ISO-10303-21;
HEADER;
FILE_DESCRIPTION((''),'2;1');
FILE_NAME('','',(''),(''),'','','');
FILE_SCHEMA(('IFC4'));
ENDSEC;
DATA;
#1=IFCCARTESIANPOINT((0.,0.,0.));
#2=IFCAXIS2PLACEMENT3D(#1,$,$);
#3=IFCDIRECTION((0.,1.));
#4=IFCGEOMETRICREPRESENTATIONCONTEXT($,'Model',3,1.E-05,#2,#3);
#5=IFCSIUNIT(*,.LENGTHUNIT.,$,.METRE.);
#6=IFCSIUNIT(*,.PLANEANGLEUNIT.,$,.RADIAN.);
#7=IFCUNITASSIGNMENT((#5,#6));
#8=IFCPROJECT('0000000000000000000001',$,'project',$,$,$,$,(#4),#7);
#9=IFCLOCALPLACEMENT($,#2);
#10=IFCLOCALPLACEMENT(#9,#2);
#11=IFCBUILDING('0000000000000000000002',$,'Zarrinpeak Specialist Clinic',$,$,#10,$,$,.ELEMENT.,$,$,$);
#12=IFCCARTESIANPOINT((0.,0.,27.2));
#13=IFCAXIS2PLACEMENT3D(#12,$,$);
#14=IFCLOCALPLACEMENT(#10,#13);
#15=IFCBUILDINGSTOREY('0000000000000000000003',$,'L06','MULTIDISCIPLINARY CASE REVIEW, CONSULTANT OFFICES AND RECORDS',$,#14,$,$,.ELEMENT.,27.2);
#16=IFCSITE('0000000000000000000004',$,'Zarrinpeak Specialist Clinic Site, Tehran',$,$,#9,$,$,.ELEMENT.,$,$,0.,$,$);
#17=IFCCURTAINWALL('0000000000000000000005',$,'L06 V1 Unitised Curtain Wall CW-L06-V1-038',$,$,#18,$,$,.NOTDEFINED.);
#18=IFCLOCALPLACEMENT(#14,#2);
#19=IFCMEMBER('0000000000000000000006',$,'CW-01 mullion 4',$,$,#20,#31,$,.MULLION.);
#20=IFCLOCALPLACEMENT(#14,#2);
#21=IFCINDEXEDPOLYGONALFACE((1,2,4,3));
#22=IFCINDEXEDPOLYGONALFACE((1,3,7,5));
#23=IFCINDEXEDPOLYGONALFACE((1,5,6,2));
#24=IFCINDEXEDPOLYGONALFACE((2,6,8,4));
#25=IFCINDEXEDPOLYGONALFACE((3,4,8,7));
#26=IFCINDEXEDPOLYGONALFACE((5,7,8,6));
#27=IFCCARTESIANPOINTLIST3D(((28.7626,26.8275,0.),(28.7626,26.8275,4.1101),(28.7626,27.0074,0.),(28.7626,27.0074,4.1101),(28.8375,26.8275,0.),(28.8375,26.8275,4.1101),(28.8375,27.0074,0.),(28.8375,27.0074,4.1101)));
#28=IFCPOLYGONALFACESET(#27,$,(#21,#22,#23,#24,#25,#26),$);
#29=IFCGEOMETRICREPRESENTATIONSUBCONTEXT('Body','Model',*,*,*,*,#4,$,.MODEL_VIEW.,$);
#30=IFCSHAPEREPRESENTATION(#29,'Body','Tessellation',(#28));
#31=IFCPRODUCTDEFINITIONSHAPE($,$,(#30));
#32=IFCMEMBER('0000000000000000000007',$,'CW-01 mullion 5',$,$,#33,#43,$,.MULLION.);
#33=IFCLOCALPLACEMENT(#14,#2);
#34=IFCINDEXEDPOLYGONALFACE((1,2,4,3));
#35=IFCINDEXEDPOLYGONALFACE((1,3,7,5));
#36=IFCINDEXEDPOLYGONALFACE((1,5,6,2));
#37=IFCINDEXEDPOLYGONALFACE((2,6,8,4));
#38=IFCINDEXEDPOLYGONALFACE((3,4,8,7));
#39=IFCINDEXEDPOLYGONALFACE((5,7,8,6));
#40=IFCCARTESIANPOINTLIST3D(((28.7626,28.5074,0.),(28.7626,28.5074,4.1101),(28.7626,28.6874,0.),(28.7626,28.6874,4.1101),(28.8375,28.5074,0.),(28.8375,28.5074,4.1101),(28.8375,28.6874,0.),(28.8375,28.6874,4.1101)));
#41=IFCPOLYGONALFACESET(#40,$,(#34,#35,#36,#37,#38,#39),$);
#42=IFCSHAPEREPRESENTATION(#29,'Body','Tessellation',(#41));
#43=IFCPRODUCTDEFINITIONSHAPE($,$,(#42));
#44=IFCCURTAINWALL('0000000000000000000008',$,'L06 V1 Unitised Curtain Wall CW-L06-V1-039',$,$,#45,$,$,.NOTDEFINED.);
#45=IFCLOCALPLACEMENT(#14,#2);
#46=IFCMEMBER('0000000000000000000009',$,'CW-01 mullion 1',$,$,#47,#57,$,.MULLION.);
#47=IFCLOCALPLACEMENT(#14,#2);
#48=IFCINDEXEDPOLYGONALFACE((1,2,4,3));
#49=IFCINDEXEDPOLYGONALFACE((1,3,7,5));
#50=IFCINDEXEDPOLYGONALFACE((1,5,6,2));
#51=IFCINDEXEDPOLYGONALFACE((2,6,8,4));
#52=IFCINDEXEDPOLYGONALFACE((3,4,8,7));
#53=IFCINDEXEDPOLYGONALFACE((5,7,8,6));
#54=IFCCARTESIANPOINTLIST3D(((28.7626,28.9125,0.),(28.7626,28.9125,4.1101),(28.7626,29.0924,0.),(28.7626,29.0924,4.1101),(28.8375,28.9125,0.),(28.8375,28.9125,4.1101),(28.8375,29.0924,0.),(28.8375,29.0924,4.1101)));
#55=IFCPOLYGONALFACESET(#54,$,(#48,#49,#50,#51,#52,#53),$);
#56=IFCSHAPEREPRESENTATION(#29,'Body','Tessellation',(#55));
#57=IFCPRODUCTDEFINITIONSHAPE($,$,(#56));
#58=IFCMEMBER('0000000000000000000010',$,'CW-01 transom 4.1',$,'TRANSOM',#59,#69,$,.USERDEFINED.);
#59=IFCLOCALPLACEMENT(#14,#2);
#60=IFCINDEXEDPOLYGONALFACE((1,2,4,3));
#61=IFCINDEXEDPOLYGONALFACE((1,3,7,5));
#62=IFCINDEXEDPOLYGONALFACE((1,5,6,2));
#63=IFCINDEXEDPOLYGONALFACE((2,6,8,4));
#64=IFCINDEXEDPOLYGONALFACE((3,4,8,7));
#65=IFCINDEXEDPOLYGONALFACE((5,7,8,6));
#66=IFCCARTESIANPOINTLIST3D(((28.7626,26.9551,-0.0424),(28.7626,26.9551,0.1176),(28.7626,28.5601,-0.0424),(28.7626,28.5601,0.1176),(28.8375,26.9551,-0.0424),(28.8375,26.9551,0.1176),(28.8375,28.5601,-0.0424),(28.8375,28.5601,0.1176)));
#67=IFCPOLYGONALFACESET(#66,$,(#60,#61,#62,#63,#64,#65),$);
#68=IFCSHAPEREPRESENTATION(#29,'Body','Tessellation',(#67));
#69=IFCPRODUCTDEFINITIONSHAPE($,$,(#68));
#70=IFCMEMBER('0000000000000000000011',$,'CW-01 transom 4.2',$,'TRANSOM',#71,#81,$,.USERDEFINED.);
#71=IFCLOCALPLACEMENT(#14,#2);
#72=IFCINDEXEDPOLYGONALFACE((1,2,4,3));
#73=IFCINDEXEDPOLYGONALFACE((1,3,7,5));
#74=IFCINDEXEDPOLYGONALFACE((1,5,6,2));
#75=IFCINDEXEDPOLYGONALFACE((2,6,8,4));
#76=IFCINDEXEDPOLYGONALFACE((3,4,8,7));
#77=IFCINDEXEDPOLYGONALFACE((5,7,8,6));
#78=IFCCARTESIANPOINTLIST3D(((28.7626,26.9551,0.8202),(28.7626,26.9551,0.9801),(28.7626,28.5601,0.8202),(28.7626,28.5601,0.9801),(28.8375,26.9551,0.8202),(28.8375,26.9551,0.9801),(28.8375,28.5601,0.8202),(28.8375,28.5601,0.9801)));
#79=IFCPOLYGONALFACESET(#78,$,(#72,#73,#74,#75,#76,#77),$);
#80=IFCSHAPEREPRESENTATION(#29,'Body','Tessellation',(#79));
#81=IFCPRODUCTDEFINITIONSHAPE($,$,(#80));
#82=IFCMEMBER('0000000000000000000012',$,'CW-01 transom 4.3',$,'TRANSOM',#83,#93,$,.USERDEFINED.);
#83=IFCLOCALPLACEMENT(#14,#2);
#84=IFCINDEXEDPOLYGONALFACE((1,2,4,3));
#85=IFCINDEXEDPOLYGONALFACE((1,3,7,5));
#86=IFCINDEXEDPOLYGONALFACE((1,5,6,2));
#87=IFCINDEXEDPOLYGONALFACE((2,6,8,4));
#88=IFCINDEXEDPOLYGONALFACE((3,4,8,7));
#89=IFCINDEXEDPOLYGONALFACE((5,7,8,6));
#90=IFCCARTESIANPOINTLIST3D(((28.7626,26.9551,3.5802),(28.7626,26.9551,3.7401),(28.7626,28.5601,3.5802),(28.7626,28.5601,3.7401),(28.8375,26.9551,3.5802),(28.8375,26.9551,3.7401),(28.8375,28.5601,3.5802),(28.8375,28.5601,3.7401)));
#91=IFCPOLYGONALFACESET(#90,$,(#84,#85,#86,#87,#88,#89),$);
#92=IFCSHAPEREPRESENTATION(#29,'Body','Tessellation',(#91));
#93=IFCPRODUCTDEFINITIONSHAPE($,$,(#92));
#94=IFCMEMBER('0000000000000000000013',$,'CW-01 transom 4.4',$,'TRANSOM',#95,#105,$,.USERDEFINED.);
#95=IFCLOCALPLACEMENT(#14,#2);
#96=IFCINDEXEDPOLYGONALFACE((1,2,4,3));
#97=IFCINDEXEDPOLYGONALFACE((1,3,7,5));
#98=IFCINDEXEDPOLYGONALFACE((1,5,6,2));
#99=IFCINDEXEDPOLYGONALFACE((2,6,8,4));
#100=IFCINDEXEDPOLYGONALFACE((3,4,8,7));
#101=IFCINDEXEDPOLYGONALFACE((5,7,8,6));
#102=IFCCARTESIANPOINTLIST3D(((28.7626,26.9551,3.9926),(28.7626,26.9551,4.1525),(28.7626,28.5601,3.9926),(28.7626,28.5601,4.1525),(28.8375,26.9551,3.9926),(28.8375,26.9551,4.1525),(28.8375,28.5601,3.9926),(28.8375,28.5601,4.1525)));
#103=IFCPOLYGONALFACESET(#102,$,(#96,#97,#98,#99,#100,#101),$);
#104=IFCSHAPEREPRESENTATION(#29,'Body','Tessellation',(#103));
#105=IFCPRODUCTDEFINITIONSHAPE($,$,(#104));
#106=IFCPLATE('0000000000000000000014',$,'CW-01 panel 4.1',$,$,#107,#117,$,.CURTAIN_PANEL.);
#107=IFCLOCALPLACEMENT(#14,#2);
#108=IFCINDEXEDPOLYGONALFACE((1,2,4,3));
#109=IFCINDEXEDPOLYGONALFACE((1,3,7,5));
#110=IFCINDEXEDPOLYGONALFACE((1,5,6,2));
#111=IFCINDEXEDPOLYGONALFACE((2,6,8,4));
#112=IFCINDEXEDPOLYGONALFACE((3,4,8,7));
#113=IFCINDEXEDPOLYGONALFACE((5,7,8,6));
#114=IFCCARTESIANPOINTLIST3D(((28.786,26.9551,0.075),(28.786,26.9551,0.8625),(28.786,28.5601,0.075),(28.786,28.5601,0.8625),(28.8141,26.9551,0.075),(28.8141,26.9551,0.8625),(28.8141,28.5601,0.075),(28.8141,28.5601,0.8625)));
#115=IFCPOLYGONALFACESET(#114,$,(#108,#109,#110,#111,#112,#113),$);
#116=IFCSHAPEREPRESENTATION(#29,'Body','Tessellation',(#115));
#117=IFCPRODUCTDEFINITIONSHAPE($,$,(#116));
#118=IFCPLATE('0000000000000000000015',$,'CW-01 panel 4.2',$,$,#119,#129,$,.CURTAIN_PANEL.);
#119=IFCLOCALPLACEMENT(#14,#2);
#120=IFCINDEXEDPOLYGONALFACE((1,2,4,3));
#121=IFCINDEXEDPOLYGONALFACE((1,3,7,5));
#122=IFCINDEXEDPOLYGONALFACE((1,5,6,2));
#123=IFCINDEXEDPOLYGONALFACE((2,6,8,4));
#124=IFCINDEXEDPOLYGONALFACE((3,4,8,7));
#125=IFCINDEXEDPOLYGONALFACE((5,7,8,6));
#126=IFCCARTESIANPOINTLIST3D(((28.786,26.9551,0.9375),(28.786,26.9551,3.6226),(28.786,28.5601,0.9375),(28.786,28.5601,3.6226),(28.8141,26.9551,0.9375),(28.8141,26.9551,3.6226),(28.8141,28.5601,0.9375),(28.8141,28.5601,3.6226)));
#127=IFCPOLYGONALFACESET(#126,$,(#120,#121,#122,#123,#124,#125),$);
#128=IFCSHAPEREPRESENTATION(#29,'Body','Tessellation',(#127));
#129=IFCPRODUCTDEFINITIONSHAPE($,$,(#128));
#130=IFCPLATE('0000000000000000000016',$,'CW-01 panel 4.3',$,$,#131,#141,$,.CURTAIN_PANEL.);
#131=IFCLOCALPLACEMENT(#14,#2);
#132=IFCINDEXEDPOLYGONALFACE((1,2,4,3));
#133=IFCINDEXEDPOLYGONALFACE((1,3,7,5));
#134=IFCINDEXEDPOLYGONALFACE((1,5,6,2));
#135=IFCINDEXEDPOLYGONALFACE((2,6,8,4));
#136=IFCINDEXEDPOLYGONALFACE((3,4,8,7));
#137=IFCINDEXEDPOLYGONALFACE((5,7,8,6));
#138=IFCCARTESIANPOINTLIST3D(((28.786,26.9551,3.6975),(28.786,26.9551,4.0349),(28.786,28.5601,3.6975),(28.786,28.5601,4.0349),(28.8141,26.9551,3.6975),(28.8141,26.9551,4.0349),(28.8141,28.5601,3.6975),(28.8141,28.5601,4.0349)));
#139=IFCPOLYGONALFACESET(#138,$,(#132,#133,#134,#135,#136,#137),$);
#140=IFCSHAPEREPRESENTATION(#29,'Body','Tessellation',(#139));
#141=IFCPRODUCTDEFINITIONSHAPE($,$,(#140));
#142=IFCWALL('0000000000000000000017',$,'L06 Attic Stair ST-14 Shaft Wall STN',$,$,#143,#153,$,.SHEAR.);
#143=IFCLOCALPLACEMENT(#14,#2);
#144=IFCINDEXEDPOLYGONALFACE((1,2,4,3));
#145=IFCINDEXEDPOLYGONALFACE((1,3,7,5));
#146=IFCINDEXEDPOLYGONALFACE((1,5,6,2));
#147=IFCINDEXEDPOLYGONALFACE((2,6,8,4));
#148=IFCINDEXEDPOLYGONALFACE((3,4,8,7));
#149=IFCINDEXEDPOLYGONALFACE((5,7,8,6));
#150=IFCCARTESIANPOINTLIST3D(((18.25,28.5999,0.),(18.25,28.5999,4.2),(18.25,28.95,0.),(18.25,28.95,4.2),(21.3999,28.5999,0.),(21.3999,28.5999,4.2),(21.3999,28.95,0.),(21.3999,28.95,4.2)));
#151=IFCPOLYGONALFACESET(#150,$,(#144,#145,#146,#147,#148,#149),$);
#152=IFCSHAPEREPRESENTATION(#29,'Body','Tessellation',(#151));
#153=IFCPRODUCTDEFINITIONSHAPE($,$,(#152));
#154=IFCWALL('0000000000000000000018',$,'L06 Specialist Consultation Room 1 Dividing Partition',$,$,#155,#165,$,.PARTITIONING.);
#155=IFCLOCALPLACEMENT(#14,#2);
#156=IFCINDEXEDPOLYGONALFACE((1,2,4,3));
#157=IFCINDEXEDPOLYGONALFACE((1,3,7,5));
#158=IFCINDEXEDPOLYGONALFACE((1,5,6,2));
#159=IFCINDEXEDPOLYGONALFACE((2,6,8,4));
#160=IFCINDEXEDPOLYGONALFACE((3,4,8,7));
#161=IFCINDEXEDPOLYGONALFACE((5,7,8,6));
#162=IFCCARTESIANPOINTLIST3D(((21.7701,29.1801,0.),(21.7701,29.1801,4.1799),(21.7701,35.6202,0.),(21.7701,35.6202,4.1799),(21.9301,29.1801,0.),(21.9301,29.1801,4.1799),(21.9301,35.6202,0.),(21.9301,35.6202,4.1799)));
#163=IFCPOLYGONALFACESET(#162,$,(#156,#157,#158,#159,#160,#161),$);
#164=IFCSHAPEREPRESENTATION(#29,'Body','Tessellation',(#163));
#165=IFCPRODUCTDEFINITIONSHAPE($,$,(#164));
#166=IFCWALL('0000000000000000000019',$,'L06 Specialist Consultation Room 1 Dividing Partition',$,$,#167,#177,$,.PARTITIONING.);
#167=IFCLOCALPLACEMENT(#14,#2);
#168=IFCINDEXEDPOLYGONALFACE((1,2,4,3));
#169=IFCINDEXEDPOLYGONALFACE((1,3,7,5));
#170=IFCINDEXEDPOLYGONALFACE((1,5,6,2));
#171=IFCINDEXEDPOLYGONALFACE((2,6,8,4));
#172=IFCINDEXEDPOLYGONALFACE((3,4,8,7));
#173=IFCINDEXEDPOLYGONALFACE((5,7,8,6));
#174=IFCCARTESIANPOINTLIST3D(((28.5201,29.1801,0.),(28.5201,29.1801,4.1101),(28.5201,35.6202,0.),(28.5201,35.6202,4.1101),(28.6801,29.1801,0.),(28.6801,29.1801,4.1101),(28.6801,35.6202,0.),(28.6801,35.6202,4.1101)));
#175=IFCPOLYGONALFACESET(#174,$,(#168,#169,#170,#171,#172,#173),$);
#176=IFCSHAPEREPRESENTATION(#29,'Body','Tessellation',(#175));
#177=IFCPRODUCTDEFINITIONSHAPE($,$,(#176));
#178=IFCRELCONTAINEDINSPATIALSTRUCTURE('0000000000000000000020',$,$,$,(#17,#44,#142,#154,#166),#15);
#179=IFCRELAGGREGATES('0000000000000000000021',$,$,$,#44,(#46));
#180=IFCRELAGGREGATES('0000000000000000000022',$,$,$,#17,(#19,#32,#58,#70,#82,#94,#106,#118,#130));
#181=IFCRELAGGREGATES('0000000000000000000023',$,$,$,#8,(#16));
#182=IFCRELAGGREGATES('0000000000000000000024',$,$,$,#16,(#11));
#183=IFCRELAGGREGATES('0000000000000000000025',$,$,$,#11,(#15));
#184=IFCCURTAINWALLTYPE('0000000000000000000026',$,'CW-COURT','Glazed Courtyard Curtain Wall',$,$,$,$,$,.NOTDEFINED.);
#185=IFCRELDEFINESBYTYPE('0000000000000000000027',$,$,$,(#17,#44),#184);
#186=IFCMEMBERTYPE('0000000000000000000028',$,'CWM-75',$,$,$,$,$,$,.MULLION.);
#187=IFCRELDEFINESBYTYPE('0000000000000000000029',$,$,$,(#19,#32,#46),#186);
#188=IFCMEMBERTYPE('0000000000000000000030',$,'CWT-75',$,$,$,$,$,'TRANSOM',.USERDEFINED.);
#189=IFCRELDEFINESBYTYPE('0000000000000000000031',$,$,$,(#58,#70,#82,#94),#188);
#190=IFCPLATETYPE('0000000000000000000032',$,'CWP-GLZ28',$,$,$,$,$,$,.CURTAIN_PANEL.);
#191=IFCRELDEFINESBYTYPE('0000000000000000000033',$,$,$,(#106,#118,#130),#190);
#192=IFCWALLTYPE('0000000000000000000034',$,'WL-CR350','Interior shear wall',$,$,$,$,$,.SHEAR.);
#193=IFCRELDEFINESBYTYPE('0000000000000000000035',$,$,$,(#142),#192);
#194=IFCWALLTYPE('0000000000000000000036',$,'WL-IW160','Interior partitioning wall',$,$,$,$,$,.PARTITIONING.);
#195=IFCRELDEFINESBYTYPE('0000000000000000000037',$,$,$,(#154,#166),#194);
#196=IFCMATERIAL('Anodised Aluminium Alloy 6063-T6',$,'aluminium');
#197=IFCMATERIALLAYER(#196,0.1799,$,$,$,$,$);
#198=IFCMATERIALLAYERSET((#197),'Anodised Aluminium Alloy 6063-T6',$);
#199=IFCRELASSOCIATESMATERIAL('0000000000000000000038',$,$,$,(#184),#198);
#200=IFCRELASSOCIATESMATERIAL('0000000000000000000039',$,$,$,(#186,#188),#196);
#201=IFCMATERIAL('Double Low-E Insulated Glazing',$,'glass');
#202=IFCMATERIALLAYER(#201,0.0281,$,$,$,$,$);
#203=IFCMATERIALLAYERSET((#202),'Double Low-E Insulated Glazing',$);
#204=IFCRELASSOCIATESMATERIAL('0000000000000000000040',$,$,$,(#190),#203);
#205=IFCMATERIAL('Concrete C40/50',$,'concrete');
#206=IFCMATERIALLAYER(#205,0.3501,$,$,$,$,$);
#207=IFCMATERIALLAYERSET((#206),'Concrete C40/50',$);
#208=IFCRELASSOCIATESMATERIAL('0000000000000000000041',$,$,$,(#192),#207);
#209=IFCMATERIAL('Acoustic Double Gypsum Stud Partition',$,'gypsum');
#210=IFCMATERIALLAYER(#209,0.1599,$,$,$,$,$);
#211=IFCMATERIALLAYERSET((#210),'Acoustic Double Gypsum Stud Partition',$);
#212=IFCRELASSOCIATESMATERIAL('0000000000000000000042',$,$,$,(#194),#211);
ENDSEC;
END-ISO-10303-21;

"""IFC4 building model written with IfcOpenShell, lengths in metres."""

from ifc_helpers import new_model, si_unit, direction, frame, frame_2d, origin, origin_2d, place, context, subcontext, project, spatial, rectangle, extrude, material, layer, layer_set, material_profile, profile_set, type_object, element, aggregate, save


model = new_model("IFC4")

# Units and contexts
model_context = context("Model", 3, precision=1e-05, world=origin(), true_north=direction((0.0, 1.0)))
body_context = subcontext(model_context, "Body", "Model", "MODEL_VIEW")
ifc_project = project(units=[si_unit("LENGTHUNIT", "METRE"), si_unit("PLANEANGLEUNIT", "RADIAN")], contexts=[model_context])

# Site, building, storey
site_placement = place(None, origin())
site = spatial("IfcSite", under=ifc_project, at=site_placement, Name="Zarrinpeak Specialist Clinic Site, Tehran", CompositionType="ELEMENT", RefElevation=0.0)
building_placement = place(site_placement, origin())
building = spatial("IfcBuilding", under=site, at=building_placement, Name="Zarrinpeak Specialist Clinic", CompositionType="ELEMENT")
storey_placement = place(building_placement, frame((0.0, 0.0, 27.2)))
storey = spatial("IfcBuildingStorey", under=building, at=storey_placement, Name="L06", Description="MULTIDISCIPLINARY CASE REVIEW, CONSULTANT OFFICES AND RECORDS", CompositionType="ELEMENT", Elevation=27.2)

# Curtain wall, members
ifc_material_1 = material(Name="Anodised Aluminium Alloy 6063-T6", Category="aluminium")
ifc_layer_1 = layer(ifc_material_1, 0.1799)
ifc_layer_set_1 = layer_set([ifc_layer_1], Name="Anodised Aluminium Alloy 6063-T6")
curtain_wall_type = type_object("IfcCurtainWallType", Name="CW-COURT", Description="Glazed Courtyard Curtain Wall", PredefinedType="NOTDEFINED", material=ifc_layer_set_1)
curtain_wall_1_placement = place(storey_placement, origin())
curtain_wall_1 = element("IfcCurtainWall", 1, at=curtain_wall_1_placement, inside=storey, type_object=curtain_wall_type, Name="L06 V1 Unitised Curtain Wall CW-L06-V1-038", PredefinedType="NOTDEFINED")
ifc_material_profile_1 = material_profile(ifc_material_1, rectangle(XDim=0.075, YDim=0.1799, at=origin_2d()), Name="ALU 75x180")
ifc_profile_set_1 = profile_set([ifc_material_profile_1], Name="Anodised Aluminium Alloy 6063-T6")
member_type_1 = type_object("IfcMemberType", Name="CWM-75", PredefinedType="MULLION", material=ifc_profile_set_1)
member_1_placement = place(storey_placement, frame((28.8, 26.9175, 0.0), z_axis=(0.0, 0.0, 1.0), x_axis=(-1.0, 0.0, 0.0)))
member_1 = element("IfcMember", 2, at=member_1_placement, type_object=member_type_1, Name="CW-01 mullion 4", PredefinedType="MULLION", context=body_context, shape_type="SweptSolid", body=[
    extrude(rectangle(XDim=0.075, YDim=0.1799, at=origin_2d()), origin(), (0.0, 0.0, 1.0), 4.1101),
])
member_2_placement = place(storey_placement, frame((28.8, 28.5974, 0.0), z_axis=(0.0, 0.0, 1.0), x_axis=(-1.0, 0.0, 0.0)))
member_2 = element("IfcMember", 3, at=member_2_placement, type_object=member_type_1, Name="CW-01 mullion 5", PredefinedType="MULLION", context=body_context, shape_type="SweptSolid", body=[
    extrude(rectangle(XDim=0.075, YDim=0.1799, at=origin_2d()), origin(), (0.0, 0.0, 1.0), 4.1101),
])

# Curtain wall, member
curtain_wall_2_placement = place(storey_placement, origin())
curtain_wall_2 = element("IfcCurtainWall", 4, at=curtain_wall_2_placement, inside=storey, type_object=curtain_wall_type, Name="L06 V1 Unitised Curtain Wall CW-L06-V1-039", PredefinedType="NOTDEFINED")
member_3_placement = place(storey_placement, frame((28.8, 29.0024, 0.0), z_axis=(0.0, 0.0, 1.0), x_axis=(-1.0, 0.0, 0.0)))
member_3 = element("IfcMember", 5, at=member_3_placement, type_object=member_type_1, Name="CW-01 mullion 1", PredefinedType="MULLION", context=body_context, shape_type="SweptSolid", body=[
    extrude(rectangle(XDim=0.075, YDim=0.1799, at=origin_2d()), origin(), (0.0, 0.0, 1.0), 4.1101),
])
aggregate(curtain_wall_2, [member_3])

# Members
ifc_material_profile_2 = material_profile(ifc_material_1, rectangle(XDim=0.075, YDim=0.1599, at=origin_2d()), Name="ALU 75x160")
ifc_profile_set_2 = profile_set([ifc_material_profile_2], Name="Anodised Aluminium Alloy 6063-T6")
member_type_2 = type_object("IfcMemberType", Name="CWT-75", ElementType="TRANSOM", PredefinedType="USERDEFINED", material=ifc_profile_set_2)
member_4_placement = place(storey_placement, frame((28.8, 26.9551, 0.0376), z_axis=(0.0, 1.0, 0.0), x_axis=(-1.0, 0.0, 0.0)))
member_4 = element("IfcMember", 6, at=member_4_placement, type_object=member_type_2, Name="CW-01 transom 4.1", ObjectType="TRANSOM", PredefinedType="USERDEFINED", context=body_context, shape_type="SweptSolid", body=[
    extrude(rectangle(XDim=0.075, YDim=0.1599, at=origin_2d()), origin(), (0.0, 0.0, 1.0), 1.605),
])
member_5_placement = place(storey_placement, frame((28.8, 26.9551, 0.9001), z_axis=(0.0, 1.0, 0.0), x_axis=(-1.0, 0.0, 0.0)))
member_5 = element("IfcMember", 7, at=member_5_placement, type_object=member_type_2, Name="CW-01 transom 4.2", ObjectType="TRANSOM", PredefinedType="USERDEFINED", context=body_context, shape_type="SweptSolid", body=[
    extrude(rectangle(XDim=0.075, YDim=0.1599, at=origin_2d()), origin(), (0.0, 0.0, 1.0), 1.605),
])
member_6_placement = place(storey_placement, frame((28.8, 26.9551, 3.6602), z_axis=(0.0, 1.0, 0.0), x_axis=(-1.0, 0.0, 0.0)))
member_6 = element("IfcMember", 8, at=member_6_placement, type_object=member_type_2, Name="CW-01 transom 4.3", ObjectType="TRANSOM", PredefinedType="USERDEFINED", context=body_context, shape_type="SweptSolid", body=[
    extrude(rectangle(XDim=0.075, YDim=0.1599, at=origin_2d()), origin(), (0.0, 0.0, 1.0), 1.605),
])
member_7_placement = place(storey_placement, frame((28.8, 26.9551, 4.0725), z_axis=(0.0, 1.0, 0.0), x_axis=(-1.0, 0.0, 0.0)))
member_7 = element("IfcMember", 9, at=member_7_placement, type_object=member_type_2, Name="CW-01 transom 4.4", ObjectType="TRANSOM", PredefinedType="USERDEFINED", context=body_context, shape_type="SweptSolid", body=[
    extrude(rectangle(XDim=0.075, YDim=0.1599, at=origin_2d()), origin(), (0.0, 0.0, 1.0), 1.605),
])

# Plates
ifc_material_2 = material(Name="Double Low-E Insulated Glazing", Category="glass")
ifc_layer_2 = layer(ifc_material_2, 0.0281)
ifc_layer_set_2 = layer_set([ifc_layer_2], Name="Double Low-E Insulated Glazing")
plate_type = type_object("IfcPlateType", Name="CWP-GLZ28", PredefinedType="CURTAIN_PANEL", material=ifc_layer_set_2)
plate_1_placement = place(storey_placement, frame((28.8, 27.7576, 0.075), z_axis=(0.0, 0.0, 1.0), x_axis=(0.0, 1.0, 0.0)))
plate_1 = element("IfcPlate", 10, at=plate_1_placement, type_object=plate_type, Name="CW-01 panel 4.1", PredefinedType="CURTAIN_PANEL", context=body_context, shape_type="SweptSolid", body=[
    extrude(rectangle(XDim=1.605, YDim=0.0281, at=origin_2d()), origin(), (0.0, 0.0, 1.0), 0.7876),
])
plate_2_placement = place(storey_placement, frame((28.8, 27.7576, 0.9375), z_axis=(0.0, 0.0, 1.0), x_axis=(0.0, 1.0, 0.0)))
plate_2 = element("IfcPlate", 11, at=plate_2_placement, type_object=plate_type, Name="CW-01 panel 4.2", PredefinedType="CURTAIN_PANEL", context=body_context, shape_type="SweptSolid", body=[
    extrude(rectangle(XDim=1.605, YDim=0.0281, at=origin_2d()), origin(), (0.0, 0.0, 1.0), 2.6851),
])
plate_3_placement = place(storey_placement, frame((28.8, 27.7576, 3.6975), z_axis=(0.0, 0.0, 1.0), x_axis=(0.0, 1.0, 0.0)))
plate_3 = element("IfcPlate", 12, at=plate_3_placement, type_object=plate_type, Name="CW-01 panel 4.3", PredefinedType="CURTAIN_PANEL", context=body_context, shape_type="SweptSolid", body=[
    extrude(rectangle(XDim=1.605, YDim=0.0281, at=origin_2d()), origin(), (0.0, 0.0, 1.0), 0.3374),
])
aggregate(curtain_wall_1, [member_1, member_2, member_4, member_5, member_6, member_7, plate_1, plate_2, plate_3])

# Walls
ifc_material_3 = material(Name="Concrete C40/50", Category="concrete")
ifc_layer_3 = layer(ifc_material_3, 0.3501)
ifc_layer_set_3 = layer_set([ifc_layer_3], Name="Concrete C40/50")
wall_type_1 = type_object("IfcWallType", Name="WL-CR350", Description="Interior shear wall", PredefinedType="SHEAR", material=ifc_layer_set_3)
wall_1_placement = place(storey_placement, frame((18.25, 28.7749, 0.0), z_axis=(0.0, 0.0, 1.0), x_axis=(1.0, 0.0, 0.0)))
element("IfcWall", 13, at=wall_1_placement, inside=storey, type_object=wall_type_1, Name="L06 Attic Stair ST-14 Shaft Wall STN", PredefinedType="SHEAR", context=body_context, shape_type="SweptSolid", body=[
    extrude(rectangle(XDim=3.1499, YDim=0.3501, at=frame_2d((1.575, 0.0))), origin(), (0.0, 0.0, 1.0), 4.2),
])
ifc_material_4 = material(Name="Acoustic Double Gypsum Stud Partition", Category="gypsum")
ifc_layer_4 = layer(ifc_material_4, 0.1599)
ifc_layer_set_4 = layer_set([ifc_layer_4], Name="Acoustic Double Gypsum Stud Partition")
wall_type_2 = type_object("IfcWallType", Name="WL-IW160", Description="Interior partitioning wall", PredefinedType="PARTITIONING", material=ifc_layer_set_4)
wall_2_placement = place(storey_placement, frame((21.8501, 29.1799, 0.0), z_axis=(0.0, 0.0, 1.0), x_axis=(0.0, 1.0, 0.0)))
element("IfcWall", 14, at=wall_2_placement, inside=storey, type_object=wall_type_2, Name="L06 Specialist Consultation Room 1 Dividing Partition", PredefinedType="PARTITIONING", context=body_context, shape_type="SweptSolid", body=[
    extrude(rectangle(XDim=6.4402, YDim=0.1599, at=frame_2d((3.2202, 0.0))), origin(), (0.0, 0.0, 1.0), 4.1799),
])
wall_3_placement = place(storey_placement, frame((28.6001, 29.1799, 0.0), z_axis=(0.0, 0.0, 1.0), x_axis=(0.0, 1.0, 0.0)))
element("IfcWall", 15, at=wall_3_placement, inside=storey, type_object=wall_type_2, Name="L06 Specialist Consultation Room 1 Dividing Partition", PredefinedType="PARTITIONING", context=body_context, shape_type="SweptSolid", body=[
    extrude(rectangle(XDim=6.4402, YDim=0.1599, at=frame_2d((3.2202, 0.0))), origin(), (0.0, 0.0, 1.0), 4.1101),
])

save(model, "model.ifc")
